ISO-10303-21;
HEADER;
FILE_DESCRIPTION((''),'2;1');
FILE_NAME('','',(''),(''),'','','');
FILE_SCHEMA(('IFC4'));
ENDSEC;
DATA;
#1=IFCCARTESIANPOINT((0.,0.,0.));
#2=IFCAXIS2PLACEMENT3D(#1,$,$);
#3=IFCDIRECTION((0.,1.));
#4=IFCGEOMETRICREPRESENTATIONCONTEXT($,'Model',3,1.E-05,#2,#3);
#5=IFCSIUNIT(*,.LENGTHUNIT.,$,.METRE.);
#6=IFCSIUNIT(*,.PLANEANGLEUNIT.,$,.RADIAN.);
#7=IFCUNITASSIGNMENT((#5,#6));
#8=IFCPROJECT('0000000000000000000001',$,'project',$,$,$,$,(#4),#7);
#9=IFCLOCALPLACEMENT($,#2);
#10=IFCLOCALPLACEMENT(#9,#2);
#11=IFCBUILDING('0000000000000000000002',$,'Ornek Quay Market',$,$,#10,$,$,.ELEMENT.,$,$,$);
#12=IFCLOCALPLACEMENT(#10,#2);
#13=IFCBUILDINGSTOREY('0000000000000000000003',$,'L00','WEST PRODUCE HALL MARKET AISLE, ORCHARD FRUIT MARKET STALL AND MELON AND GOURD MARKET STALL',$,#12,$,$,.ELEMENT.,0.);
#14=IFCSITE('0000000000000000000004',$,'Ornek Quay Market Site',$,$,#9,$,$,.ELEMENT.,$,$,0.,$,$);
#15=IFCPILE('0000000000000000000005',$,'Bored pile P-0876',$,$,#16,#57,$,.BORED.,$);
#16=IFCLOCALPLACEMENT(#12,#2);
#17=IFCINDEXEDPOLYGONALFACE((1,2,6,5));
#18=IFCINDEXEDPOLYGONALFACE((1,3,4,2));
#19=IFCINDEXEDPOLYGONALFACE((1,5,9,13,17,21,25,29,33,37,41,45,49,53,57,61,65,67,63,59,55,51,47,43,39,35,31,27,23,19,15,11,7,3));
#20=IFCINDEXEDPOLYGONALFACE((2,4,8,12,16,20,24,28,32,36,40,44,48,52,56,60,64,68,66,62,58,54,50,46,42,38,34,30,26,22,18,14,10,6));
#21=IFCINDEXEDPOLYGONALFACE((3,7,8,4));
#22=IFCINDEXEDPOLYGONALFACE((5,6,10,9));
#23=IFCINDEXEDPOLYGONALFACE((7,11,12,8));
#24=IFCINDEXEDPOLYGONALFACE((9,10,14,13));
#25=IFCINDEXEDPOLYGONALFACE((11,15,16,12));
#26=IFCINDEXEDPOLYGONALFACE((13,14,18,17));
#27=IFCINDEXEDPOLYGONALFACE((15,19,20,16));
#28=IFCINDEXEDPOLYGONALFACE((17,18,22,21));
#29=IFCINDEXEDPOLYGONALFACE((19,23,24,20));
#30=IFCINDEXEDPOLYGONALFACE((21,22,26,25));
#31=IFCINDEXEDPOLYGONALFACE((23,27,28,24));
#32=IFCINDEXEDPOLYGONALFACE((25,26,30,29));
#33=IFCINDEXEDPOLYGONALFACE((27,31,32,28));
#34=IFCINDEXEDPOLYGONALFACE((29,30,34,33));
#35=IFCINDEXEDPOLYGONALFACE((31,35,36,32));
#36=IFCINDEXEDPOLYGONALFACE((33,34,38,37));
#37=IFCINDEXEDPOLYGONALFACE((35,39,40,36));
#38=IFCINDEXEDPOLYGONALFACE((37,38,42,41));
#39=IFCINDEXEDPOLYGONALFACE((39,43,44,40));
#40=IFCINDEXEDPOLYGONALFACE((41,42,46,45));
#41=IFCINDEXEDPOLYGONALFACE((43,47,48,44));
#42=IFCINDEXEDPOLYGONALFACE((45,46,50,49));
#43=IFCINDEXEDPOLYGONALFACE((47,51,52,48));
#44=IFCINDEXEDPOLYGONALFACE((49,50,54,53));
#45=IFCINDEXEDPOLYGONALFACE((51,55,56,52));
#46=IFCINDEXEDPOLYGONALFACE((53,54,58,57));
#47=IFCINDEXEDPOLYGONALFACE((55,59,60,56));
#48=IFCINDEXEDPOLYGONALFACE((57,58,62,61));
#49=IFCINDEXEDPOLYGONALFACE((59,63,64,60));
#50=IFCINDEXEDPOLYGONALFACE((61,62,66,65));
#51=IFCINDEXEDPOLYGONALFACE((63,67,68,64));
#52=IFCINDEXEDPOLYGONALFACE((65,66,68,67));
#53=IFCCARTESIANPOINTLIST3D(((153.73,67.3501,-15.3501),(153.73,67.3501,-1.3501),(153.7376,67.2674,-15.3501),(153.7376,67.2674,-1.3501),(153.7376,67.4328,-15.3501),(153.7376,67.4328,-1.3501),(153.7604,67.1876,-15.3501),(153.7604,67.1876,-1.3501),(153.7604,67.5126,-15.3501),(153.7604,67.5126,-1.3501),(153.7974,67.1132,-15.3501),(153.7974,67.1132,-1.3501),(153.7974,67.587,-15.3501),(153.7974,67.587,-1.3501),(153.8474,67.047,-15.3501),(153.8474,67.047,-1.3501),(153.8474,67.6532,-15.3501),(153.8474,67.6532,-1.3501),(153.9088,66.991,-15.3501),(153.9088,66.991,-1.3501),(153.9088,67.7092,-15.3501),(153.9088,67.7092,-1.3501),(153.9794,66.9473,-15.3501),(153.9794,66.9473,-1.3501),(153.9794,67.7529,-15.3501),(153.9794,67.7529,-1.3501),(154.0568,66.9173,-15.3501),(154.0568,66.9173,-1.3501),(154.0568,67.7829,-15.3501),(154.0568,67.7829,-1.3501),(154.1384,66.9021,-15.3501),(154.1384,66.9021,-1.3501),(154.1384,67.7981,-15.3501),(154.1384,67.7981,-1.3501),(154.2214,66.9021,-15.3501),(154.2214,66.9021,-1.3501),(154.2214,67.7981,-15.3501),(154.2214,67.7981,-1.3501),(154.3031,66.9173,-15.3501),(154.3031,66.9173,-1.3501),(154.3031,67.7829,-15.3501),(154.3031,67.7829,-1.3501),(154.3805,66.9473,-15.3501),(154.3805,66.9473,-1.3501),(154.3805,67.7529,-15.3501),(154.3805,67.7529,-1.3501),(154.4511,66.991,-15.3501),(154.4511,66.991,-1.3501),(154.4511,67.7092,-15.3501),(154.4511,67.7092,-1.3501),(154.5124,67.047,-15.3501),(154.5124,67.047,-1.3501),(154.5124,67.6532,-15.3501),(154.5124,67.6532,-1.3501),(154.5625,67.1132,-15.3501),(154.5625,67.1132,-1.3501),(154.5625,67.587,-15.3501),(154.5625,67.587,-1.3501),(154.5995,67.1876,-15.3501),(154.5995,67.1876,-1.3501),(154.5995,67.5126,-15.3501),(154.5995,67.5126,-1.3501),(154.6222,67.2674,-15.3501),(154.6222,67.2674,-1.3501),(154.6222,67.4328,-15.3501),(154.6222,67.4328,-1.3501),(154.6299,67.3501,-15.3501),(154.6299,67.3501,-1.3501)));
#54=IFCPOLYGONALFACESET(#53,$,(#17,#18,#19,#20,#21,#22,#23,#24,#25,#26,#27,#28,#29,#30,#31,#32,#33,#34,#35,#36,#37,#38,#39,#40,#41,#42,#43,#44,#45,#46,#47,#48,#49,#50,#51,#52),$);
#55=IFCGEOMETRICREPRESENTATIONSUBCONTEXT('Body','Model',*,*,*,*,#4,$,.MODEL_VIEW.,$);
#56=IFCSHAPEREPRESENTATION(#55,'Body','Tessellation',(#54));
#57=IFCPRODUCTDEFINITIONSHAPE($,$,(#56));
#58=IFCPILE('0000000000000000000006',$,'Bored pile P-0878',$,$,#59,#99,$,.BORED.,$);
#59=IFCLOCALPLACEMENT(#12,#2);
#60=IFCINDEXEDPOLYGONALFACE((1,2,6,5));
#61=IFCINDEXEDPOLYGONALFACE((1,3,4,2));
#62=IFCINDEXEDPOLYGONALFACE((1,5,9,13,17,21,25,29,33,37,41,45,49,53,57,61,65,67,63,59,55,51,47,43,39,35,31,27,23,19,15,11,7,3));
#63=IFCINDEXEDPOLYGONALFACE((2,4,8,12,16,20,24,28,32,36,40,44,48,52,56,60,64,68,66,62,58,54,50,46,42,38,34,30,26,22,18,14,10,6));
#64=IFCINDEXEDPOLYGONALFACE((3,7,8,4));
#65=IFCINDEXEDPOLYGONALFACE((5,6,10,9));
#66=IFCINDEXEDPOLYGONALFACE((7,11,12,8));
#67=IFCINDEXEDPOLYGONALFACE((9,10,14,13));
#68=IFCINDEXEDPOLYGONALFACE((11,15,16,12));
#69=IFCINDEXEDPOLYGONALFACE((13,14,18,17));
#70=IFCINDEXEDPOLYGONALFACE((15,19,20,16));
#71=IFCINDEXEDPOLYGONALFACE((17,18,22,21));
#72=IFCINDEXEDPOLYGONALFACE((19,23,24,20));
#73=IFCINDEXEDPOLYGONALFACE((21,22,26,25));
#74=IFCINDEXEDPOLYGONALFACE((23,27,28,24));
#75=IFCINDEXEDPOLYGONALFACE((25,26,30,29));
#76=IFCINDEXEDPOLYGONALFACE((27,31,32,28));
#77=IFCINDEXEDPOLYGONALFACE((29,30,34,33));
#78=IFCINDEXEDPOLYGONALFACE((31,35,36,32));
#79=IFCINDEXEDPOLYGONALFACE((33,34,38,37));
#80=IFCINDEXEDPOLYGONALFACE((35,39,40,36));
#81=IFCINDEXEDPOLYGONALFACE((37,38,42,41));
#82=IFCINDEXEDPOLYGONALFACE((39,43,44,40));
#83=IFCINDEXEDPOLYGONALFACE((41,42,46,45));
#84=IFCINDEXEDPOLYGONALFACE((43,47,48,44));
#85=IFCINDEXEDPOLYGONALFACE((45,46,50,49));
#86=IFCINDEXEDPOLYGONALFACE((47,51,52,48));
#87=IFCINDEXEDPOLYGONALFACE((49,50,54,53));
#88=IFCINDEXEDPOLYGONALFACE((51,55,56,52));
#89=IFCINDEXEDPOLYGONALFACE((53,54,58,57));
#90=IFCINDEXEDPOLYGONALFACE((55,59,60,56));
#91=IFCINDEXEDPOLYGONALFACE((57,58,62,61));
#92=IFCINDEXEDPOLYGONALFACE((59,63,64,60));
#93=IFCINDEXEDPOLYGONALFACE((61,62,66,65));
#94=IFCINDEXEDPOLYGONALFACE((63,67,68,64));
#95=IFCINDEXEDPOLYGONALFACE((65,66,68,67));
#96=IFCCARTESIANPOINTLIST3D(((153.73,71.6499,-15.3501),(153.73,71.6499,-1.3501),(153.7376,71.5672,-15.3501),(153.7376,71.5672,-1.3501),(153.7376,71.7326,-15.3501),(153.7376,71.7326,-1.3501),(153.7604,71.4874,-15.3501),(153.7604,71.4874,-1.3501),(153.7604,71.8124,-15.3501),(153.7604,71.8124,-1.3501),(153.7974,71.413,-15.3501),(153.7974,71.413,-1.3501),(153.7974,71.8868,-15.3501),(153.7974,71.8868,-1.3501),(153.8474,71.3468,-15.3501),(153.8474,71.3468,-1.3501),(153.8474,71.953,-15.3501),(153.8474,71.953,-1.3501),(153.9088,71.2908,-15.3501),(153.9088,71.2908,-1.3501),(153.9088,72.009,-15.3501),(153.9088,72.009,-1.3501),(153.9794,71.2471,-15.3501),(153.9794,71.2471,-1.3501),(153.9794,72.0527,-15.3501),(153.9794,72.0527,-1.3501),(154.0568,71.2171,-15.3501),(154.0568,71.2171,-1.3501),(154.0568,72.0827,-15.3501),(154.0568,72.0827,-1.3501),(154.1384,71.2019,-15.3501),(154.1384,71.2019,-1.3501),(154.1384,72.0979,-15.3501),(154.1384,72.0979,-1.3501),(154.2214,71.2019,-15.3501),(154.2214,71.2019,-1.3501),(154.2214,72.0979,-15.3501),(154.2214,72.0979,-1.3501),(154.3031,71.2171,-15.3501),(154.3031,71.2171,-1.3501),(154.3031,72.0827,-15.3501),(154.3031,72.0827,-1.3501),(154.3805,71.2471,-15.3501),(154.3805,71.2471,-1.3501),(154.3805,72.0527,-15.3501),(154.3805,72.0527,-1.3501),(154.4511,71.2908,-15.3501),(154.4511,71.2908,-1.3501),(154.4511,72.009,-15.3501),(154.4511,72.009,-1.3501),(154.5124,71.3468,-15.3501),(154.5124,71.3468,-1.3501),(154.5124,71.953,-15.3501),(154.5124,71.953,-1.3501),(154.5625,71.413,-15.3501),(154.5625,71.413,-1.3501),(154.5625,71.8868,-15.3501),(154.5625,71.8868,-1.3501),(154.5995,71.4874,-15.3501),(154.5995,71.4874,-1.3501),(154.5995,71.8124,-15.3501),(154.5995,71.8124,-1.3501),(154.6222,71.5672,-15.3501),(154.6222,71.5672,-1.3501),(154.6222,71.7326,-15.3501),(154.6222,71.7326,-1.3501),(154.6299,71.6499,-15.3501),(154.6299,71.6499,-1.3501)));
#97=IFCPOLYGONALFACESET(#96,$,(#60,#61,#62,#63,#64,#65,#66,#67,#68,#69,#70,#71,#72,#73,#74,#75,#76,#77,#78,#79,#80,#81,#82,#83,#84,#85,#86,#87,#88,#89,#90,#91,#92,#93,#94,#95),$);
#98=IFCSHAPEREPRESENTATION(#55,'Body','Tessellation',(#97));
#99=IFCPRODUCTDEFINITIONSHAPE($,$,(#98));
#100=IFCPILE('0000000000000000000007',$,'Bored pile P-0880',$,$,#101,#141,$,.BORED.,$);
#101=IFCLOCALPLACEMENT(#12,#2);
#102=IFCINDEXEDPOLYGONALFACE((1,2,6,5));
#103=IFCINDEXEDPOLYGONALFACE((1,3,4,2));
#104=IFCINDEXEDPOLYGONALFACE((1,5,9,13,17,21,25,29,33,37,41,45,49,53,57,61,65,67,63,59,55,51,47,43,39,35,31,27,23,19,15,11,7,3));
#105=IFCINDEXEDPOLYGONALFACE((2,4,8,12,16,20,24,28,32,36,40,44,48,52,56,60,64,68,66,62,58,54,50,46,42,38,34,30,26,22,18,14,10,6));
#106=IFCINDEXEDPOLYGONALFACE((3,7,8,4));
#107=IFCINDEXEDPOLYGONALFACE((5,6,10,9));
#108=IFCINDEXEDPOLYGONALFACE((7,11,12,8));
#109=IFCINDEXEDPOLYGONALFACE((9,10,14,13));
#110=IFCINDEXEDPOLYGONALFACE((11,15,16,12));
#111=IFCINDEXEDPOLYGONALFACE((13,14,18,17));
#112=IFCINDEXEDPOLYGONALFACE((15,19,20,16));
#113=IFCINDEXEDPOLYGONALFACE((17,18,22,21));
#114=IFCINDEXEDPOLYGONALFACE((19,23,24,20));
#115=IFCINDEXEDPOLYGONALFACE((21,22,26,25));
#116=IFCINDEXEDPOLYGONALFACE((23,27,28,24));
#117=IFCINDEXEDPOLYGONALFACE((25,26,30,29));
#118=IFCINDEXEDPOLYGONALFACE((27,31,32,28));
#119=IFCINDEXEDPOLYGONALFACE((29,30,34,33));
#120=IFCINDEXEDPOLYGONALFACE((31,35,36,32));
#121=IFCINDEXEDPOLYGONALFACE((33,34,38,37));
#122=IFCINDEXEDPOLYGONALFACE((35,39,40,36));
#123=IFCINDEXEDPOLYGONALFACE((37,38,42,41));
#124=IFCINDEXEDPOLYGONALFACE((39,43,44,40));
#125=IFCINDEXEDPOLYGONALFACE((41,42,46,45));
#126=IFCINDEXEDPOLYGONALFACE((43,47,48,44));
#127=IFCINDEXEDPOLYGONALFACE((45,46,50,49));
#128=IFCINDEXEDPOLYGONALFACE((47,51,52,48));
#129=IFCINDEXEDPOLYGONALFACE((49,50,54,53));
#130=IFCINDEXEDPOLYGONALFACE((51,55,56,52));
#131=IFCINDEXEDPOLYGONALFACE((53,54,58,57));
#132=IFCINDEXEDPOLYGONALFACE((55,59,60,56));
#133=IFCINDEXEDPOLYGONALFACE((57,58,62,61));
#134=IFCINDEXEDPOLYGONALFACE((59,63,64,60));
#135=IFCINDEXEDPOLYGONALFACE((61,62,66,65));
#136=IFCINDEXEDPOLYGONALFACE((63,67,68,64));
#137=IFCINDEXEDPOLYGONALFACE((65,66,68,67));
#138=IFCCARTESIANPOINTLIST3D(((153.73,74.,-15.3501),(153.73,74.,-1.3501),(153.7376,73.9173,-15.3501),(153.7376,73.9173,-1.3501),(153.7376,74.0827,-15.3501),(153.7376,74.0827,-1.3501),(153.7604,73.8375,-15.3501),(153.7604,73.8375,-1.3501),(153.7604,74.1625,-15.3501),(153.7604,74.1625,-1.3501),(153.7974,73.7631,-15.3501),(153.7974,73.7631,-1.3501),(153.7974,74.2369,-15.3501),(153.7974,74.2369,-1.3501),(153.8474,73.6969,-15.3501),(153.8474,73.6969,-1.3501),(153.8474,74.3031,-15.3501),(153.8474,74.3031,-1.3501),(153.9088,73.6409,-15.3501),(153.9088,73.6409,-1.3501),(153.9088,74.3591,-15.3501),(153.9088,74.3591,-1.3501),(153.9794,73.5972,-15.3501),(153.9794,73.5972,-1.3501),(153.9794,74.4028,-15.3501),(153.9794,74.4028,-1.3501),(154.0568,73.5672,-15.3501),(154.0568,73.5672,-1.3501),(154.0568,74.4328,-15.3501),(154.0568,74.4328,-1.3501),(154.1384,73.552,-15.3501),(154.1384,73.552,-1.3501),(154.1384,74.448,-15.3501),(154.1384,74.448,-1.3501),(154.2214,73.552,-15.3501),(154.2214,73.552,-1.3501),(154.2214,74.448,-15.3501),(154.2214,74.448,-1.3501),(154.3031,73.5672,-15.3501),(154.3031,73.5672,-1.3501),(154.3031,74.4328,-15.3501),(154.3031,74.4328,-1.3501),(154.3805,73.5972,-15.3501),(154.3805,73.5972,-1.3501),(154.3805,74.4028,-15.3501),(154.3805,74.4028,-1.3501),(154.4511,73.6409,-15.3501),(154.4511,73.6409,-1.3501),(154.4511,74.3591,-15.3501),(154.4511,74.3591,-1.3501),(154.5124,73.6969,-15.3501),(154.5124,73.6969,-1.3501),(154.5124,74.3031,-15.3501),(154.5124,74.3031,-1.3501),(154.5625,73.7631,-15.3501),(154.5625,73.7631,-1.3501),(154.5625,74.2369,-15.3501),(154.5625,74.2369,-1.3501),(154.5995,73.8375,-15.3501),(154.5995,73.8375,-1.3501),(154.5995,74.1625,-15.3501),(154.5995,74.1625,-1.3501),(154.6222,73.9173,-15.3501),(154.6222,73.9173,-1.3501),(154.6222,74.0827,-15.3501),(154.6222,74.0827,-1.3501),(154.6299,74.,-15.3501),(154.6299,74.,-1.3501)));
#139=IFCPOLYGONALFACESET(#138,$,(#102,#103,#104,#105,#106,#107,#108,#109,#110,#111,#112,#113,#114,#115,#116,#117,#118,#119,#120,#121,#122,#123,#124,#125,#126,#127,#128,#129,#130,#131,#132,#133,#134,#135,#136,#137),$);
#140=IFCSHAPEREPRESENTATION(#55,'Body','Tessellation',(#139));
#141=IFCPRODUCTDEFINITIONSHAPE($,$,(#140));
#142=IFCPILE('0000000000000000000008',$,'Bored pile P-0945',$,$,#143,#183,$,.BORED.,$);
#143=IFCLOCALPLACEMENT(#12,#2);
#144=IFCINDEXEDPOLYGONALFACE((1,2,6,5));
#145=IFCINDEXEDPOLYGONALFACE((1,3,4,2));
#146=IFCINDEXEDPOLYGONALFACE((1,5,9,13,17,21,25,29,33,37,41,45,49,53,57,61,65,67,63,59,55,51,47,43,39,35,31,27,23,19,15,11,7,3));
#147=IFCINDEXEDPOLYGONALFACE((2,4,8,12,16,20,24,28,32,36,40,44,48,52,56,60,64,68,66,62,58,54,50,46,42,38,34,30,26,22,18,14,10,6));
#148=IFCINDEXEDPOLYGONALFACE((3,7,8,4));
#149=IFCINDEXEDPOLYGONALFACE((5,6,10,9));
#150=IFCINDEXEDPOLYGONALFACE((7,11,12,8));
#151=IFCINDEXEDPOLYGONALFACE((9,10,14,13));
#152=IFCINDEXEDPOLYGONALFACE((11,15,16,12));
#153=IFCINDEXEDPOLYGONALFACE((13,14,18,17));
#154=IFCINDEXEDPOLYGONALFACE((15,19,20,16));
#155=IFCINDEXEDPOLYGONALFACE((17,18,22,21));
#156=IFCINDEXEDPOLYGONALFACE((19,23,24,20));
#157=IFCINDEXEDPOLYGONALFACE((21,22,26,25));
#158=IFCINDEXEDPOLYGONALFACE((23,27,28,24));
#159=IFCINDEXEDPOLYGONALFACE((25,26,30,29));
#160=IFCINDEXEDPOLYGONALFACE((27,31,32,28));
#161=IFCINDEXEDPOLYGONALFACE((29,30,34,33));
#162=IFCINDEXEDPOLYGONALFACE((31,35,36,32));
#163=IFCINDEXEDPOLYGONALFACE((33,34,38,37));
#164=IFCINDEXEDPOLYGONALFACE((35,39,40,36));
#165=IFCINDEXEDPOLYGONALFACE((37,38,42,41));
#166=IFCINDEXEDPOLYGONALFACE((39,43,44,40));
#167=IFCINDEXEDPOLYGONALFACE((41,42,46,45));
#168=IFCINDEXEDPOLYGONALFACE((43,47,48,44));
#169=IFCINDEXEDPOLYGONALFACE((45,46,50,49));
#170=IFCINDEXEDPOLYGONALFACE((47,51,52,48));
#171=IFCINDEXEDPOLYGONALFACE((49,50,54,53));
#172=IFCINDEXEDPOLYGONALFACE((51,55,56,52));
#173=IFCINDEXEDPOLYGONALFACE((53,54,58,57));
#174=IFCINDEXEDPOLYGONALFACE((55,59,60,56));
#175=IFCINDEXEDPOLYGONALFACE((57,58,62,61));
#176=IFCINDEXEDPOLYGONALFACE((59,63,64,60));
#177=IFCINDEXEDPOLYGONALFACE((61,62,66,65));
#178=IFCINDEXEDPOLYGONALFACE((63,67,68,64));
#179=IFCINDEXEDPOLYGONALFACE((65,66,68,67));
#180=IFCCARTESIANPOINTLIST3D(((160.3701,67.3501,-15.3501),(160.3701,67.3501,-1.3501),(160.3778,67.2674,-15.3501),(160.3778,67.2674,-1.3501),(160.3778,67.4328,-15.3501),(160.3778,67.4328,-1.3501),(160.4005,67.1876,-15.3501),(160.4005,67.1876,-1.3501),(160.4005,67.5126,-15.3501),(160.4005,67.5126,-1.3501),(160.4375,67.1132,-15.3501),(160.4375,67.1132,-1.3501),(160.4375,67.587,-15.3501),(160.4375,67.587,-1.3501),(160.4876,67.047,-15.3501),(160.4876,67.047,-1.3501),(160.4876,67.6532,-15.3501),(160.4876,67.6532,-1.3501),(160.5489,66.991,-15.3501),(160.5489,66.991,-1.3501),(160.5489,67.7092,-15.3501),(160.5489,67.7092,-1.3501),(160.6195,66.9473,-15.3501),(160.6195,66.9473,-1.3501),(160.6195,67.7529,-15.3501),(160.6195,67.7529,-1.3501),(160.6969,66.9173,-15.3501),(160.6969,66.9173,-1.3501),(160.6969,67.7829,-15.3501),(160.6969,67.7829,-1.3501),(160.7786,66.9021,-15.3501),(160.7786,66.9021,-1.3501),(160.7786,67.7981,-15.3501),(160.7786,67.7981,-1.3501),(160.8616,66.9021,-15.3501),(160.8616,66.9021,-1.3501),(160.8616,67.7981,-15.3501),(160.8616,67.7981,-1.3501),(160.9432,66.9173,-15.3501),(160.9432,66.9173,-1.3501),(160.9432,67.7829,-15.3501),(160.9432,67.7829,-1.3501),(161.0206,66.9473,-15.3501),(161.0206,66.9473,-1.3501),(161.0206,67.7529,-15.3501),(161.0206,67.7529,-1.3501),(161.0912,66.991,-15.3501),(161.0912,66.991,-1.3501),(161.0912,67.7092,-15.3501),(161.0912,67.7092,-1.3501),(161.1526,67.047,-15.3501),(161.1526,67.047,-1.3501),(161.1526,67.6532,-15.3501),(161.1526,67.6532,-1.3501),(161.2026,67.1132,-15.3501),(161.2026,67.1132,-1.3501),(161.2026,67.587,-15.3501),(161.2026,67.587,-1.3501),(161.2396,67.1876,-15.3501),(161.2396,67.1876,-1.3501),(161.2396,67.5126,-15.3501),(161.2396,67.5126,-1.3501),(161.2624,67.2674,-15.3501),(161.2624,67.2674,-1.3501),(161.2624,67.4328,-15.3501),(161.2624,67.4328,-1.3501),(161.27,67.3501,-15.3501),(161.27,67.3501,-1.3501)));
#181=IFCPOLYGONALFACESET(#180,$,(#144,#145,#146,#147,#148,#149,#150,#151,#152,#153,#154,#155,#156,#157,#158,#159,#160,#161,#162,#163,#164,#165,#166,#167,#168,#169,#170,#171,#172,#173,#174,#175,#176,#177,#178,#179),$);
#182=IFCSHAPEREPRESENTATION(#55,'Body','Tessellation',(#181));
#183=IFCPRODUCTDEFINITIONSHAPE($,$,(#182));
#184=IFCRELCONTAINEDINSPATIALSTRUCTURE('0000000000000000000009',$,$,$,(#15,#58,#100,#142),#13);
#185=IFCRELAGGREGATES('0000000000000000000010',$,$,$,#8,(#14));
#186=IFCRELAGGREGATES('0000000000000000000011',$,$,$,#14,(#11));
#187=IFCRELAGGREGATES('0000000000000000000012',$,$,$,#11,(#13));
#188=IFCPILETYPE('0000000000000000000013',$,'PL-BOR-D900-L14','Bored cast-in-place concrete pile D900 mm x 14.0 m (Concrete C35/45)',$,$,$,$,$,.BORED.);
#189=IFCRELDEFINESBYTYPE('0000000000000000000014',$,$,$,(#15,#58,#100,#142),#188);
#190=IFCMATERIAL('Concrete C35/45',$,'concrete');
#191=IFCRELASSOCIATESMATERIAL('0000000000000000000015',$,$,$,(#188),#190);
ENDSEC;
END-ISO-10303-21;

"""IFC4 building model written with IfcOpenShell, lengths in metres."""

from ifc_helpers import new_model, si_unit, direction, frame, origin, origin_2d, place, context, subcontext, project, spatial, circle, extrude, material, material_profile, profile_set, type_object, element, save


model = new_model("IFC4")

# Units and contexts
model_context = context("Model", 3, precision=1e-05, world=origin(), true_north=direction((0.0, 1.0)))
body_context = subcontext(model_context, "Body", "Model", "MODEL_VIEW")
ifc_project = project(units=[si_unit("LENGTHUNIT", "METRE"), si_unit("PLANEANGLEUNIT", "RADIAN")], contexts=[model_context])

# Site, building, storey
site_placement = place(None, origin())
site = spatial("IfcSite", under=ifc_project, at=site_placement, Name="Ornek Quay Market Site", CompositionType="ELEMENT", RefElevation=0.0)
building_placement = place(site_placement, origin())
building = spatial("IfcBuilding", under=site, at=building_placement, Name="Ornek Quay Market", CompositionType="ELEMENT")
storey_placement = place(building_placement, origin())
storey = spatial("IfcBuildingStorey", under=building, at=storey_placement, Name="L00", Description="WEST PRODUCE HALL MARKET AISLE, ORCHARD FRUIT MARKET STALL AND MELON AND GOURD MARKET STALL", CompositionType="ELEMENT", Elevation=0.0)

# Piles
ifc_material_1 = material(Name="Concrete C35/45", Category="concrete")
ifc_material_profile_1 = material_profile(ifc_material_1, circle(Radius=0.45, at=origin_2d()), Name="PILE D900", Category="concrete")
ifc_profile_set_1 = profile_set([ifc_material_profile_1], Name="Concrete C35/45")
pile_type = type_object("IfcPileType", Name="PL-BOR-D900-L14", Description="Bored cast-in-place concrete pile D900 mm x 14.0 m (Concrete C35/45)", PredefinedType="BORED", material=ifc_profile_set_1)
for number, where, z_axis, x_axis, name in (
    (1, (154.1799, 67.3501, -1.3501), (0.0, 0.0, -1.0), (1.0, 0.0, 0.0), "Bored pile P-0876"),
    (2, (154.1799, 71.6499, -1.3501), (0.0, 0.0, -1.0), (1.0, 0.0, 0.0), "Bored pile P-0878"),
    (3, (154.1799, 74.0, -1.3501), (0.0, 0.0, -1.0), (1.0, 0.0, 0.0), "Bored pile P-0880"),
    (4, (160.8201, 67.3501, -1.3501), (0.0, 0.0, -1.0), (1.0, 0.0, 0.0), "Bored pile P-0945"),
):
    element("IfcPile", number, at=place(storey_placement, frame(where, z_axis=z_axis, x_axis=x_axis)), inside=storey, type_object=pile_type, Name=name, PredefinedType="BORED", context=body_context, shape_type="SweptSolid", body=[
        extrude(circle(Radius=0.45, at=origin_2d()), origin(), (0.0, 0.0, 1.0), 14.0),
    ])

save(model, "model.ifc")
